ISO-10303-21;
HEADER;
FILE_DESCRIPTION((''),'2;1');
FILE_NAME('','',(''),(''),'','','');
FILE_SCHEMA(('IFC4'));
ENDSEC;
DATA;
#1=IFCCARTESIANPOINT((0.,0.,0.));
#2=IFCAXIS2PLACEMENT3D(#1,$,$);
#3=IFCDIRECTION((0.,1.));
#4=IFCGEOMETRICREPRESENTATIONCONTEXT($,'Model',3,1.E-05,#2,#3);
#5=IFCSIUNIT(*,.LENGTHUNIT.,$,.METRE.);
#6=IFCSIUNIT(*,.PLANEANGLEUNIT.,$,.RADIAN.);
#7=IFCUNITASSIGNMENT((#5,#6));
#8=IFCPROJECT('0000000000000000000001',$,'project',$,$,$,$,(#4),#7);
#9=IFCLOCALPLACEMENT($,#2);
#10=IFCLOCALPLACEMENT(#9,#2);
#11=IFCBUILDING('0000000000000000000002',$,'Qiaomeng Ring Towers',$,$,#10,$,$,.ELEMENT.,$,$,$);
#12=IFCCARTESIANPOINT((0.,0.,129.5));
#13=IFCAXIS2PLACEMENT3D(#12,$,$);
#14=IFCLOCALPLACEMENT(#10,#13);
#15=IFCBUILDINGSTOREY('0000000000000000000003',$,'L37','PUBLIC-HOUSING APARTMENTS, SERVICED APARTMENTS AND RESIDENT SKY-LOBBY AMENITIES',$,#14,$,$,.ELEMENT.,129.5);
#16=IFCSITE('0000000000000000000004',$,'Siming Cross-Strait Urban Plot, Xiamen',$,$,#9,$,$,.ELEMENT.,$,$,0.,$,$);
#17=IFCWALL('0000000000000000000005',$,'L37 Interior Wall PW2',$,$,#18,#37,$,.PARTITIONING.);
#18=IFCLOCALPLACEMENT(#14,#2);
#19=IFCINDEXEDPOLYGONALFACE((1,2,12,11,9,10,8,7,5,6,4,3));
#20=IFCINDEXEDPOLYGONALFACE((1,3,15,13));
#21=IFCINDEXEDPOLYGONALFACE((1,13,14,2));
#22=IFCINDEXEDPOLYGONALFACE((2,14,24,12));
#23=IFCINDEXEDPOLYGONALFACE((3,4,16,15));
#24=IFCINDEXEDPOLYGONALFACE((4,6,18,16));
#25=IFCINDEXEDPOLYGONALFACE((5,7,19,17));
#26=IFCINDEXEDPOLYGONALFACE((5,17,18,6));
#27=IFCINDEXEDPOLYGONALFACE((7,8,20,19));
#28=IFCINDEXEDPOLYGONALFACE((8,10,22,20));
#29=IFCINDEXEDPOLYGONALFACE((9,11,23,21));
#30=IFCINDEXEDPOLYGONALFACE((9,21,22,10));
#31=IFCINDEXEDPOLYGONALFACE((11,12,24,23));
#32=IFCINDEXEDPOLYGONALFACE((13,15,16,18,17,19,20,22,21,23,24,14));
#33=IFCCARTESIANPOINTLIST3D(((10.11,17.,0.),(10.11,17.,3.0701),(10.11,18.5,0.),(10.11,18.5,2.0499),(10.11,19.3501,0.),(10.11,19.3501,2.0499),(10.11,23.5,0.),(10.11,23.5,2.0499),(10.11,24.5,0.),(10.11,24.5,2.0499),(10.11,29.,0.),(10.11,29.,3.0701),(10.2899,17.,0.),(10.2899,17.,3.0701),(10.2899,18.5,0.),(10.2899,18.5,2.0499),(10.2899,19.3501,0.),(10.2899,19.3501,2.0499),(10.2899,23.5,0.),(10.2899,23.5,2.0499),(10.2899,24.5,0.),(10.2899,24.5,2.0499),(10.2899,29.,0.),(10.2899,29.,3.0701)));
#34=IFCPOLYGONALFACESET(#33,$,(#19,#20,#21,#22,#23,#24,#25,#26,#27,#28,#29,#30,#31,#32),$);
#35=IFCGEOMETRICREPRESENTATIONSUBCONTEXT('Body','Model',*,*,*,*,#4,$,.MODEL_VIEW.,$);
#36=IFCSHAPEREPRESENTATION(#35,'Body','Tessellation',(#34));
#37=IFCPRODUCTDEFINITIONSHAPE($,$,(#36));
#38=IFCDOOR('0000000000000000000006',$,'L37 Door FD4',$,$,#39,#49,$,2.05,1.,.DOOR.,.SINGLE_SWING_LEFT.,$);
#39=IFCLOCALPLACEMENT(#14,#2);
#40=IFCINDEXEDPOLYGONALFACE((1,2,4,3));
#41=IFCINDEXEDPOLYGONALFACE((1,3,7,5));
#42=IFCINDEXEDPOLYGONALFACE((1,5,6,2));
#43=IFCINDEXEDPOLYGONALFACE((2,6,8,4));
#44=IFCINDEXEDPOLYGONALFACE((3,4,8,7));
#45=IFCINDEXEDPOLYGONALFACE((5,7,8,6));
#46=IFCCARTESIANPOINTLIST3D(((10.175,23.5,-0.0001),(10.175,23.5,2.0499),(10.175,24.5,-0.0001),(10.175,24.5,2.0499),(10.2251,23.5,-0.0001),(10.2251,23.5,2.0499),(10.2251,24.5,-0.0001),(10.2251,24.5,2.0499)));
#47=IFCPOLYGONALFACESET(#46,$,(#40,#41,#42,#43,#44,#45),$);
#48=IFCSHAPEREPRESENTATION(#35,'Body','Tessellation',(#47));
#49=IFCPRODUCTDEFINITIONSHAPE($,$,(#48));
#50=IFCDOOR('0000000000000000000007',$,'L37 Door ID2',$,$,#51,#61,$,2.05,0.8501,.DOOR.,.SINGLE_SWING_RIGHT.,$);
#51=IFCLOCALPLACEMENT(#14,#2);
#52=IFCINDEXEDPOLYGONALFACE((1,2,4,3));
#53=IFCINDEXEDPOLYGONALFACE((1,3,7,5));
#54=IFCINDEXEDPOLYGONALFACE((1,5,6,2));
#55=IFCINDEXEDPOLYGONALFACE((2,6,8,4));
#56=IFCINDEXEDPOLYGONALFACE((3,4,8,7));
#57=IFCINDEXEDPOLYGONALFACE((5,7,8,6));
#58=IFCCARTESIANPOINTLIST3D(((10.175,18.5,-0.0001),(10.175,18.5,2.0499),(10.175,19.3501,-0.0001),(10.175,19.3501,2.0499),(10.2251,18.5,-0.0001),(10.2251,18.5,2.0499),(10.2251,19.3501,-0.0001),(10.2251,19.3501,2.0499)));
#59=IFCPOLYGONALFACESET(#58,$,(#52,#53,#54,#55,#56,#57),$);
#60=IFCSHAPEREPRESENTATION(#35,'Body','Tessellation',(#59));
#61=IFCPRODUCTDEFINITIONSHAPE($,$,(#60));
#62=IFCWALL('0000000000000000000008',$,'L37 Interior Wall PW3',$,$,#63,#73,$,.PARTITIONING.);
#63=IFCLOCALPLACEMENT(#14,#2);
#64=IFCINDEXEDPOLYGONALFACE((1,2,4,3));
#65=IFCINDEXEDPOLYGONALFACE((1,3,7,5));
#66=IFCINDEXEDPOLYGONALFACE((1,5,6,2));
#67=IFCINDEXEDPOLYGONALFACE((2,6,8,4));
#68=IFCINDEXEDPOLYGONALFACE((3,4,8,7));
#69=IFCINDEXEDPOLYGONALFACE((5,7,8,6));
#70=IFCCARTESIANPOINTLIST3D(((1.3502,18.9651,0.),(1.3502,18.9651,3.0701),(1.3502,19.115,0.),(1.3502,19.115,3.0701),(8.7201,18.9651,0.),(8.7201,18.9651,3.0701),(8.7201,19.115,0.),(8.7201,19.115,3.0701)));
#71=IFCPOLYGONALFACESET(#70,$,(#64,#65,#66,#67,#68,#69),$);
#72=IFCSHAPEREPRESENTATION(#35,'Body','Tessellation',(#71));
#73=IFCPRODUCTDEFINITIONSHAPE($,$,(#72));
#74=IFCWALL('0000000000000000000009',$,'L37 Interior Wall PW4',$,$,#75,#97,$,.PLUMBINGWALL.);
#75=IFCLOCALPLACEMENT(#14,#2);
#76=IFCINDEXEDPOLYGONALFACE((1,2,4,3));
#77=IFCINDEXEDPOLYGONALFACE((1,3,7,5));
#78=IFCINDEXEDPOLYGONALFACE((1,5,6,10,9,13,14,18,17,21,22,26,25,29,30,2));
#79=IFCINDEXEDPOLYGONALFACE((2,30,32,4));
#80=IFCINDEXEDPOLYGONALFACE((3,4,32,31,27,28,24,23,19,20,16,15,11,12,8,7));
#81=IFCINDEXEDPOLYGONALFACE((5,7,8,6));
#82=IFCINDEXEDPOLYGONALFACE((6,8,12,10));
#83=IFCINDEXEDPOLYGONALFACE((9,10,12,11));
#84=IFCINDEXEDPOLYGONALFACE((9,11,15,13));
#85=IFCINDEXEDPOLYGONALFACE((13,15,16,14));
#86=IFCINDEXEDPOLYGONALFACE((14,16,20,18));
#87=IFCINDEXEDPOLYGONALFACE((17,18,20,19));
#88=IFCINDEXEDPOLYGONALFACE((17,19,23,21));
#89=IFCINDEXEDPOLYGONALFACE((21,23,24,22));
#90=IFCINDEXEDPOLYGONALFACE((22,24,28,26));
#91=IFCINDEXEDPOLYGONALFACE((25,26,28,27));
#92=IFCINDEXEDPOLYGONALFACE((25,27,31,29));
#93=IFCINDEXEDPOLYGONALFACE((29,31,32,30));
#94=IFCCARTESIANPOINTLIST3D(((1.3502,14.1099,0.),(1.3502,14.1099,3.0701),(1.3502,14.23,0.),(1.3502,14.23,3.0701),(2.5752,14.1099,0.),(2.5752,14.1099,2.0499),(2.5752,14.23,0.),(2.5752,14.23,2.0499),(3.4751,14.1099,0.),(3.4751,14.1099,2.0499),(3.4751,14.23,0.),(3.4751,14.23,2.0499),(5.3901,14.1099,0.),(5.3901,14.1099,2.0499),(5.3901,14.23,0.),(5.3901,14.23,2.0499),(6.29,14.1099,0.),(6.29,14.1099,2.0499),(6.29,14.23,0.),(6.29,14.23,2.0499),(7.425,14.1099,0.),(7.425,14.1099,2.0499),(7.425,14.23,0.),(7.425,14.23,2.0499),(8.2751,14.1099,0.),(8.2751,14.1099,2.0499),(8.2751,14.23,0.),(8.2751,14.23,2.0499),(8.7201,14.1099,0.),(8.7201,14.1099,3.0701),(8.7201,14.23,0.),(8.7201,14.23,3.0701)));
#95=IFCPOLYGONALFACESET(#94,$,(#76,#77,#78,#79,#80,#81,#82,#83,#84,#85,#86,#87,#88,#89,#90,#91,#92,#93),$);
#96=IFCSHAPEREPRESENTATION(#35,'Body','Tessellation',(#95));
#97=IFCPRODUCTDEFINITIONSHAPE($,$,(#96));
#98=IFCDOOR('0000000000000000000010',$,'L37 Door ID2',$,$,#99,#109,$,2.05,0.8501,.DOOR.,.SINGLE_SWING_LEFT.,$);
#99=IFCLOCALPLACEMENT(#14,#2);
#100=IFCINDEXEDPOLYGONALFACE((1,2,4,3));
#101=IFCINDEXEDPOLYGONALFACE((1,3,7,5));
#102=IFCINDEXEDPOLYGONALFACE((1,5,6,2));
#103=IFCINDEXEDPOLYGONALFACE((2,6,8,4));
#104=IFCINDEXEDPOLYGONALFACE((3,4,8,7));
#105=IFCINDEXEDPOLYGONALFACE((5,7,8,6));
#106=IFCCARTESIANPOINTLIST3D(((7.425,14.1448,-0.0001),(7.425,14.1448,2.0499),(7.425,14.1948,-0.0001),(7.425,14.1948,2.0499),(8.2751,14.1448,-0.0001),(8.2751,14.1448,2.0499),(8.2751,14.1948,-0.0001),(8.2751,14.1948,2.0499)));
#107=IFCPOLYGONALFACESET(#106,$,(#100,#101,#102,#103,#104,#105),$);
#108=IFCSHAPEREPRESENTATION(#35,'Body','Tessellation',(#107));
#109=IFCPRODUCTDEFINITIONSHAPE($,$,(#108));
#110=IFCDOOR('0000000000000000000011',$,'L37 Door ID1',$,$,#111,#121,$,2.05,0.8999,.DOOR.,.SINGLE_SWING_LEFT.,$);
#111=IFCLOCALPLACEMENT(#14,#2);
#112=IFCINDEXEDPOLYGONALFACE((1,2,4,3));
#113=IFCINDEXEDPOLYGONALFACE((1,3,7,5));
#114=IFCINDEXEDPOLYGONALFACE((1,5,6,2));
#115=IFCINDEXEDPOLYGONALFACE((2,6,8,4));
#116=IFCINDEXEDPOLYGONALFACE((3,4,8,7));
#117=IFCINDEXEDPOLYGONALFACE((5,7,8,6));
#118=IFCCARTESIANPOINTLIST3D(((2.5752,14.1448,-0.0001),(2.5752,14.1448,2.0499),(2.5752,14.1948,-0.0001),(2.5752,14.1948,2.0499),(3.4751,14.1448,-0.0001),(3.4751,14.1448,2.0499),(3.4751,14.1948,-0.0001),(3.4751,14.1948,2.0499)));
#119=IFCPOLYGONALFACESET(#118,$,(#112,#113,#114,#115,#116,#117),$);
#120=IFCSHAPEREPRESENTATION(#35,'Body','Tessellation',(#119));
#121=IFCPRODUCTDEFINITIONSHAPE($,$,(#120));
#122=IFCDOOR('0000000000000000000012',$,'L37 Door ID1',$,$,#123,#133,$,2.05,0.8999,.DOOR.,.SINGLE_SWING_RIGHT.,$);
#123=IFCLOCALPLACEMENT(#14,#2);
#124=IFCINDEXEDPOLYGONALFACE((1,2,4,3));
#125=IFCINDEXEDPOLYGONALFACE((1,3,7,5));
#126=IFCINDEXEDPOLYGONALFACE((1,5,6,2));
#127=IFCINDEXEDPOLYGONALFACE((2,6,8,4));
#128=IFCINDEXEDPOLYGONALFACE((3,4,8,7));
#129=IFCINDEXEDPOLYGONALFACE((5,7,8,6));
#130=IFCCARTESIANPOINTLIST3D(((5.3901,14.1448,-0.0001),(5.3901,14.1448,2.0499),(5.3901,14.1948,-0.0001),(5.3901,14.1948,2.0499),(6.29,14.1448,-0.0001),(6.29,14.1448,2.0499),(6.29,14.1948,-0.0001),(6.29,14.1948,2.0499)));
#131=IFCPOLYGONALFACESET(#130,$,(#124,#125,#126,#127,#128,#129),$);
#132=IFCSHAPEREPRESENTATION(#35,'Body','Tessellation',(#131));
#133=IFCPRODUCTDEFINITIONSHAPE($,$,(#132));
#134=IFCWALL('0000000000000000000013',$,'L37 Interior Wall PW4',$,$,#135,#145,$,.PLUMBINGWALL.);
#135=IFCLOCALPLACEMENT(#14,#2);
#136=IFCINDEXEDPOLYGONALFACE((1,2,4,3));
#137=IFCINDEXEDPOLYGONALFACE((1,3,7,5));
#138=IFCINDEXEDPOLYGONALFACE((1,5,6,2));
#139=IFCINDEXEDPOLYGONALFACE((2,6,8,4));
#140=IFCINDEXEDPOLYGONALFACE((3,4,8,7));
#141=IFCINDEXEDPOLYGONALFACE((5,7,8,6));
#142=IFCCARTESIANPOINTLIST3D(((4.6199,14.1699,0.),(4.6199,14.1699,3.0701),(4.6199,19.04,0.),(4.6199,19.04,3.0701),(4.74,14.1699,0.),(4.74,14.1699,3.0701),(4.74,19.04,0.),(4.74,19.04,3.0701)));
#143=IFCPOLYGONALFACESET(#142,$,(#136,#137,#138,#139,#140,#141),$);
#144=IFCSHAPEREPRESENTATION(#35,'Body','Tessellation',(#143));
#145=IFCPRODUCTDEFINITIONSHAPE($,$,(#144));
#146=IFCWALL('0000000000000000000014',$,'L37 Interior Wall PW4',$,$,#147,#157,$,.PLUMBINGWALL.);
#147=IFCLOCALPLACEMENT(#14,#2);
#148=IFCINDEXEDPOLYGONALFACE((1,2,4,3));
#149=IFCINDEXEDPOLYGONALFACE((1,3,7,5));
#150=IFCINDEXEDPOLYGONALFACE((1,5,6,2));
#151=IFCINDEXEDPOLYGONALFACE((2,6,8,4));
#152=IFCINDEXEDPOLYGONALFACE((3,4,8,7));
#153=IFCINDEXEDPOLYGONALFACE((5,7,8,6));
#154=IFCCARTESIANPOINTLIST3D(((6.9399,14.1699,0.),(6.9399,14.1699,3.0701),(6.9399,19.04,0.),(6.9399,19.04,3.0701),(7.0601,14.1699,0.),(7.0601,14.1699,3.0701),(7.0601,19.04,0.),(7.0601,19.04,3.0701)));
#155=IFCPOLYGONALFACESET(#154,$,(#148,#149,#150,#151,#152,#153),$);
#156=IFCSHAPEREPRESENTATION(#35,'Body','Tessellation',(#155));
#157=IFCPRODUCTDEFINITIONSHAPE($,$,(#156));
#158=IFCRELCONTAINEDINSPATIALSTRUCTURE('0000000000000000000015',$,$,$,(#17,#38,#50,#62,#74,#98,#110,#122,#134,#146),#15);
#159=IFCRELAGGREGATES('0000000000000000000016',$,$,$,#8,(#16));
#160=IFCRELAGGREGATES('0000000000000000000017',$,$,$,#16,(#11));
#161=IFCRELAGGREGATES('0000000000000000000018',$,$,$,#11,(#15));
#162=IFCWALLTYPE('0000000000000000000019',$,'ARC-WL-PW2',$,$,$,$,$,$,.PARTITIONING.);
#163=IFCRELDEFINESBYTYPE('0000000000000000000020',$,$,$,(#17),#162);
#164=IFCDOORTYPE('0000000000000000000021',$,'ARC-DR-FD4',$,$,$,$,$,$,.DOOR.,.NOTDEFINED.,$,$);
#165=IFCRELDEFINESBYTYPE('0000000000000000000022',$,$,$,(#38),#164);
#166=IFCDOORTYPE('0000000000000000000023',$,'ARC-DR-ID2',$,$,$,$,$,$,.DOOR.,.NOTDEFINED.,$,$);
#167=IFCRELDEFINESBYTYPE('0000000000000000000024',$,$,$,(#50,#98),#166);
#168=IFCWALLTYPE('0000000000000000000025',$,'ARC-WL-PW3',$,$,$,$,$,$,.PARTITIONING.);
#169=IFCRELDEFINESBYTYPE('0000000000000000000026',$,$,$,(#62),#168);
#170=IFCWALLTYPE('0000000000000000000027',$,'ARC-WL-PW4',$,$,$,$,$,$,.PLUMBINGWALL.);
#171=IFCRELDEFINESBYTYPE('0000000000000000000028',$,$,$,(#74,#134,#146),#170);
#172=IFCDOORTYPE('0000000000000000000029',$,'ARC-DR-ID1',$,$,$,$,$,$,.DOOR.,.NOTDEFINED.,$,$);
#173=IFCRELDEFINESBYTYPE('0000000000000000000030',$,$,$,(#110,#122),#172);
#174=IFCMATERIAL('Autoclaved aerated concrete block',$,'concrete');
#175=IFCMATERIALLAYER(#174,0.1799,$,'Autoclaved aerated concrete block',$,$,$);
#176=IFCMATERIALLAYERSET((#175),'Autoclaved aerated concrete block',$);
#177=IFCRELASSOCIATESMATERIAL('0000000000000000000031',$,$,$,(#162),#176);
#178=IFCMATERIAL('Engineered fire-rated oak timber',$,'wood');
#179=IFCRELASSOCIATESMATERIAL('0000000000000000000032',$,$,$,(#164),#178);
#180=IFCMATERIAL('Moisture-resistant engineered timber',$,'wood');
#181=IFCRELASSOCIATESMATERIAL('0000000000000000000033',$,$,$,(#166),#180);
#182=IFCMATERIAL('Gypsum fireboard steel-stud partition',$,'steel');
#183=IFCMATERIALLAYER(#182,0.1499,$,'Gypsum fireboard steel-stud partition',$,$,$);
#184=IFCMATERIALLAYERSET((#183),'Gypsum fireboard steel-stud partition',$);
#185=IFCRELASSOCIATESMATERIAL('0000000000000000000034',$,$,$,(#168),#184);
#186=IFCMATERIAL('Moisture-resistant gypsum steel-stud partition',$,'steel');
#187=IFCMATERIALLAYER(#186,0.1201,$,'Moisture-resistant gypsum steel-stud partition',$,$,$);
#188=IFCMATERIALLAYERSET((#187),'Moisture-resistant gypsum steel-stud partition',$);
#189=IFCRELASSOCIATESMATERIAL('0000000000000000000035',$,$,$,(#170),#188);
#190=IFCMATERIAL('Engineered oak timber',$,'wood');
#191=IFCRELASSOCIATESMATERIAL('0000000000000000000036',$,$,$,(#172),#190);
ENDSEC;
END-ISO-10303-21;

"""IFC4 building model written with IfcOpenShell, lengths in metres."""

from ifc_helpers import new_model, si_unit, direction, frame, frame_2d, origin, place, context, subcontext, project, spatial, rectangle, extrude, source, transform, mapped, material, layer, layer_set, type_object, element, fill, save


model = new_model("IFC4")

# Units and contexts
model_context = context("Model", 3, precision=1e-05, world=origin(), true_north=direction((0.0, 1.0)))
body_context = subcontext(model_context, "Body", "Model", "MODEL_VIEW")
ifc_project = project(units=[si_unit("LENGTHUNIT", "METRE"), si_unit("PLANEANGLEUNIT", "RADIAN")], contexts=[model_context])

# Site, building, storey
site_placement = place(None, origin())
site = spatial("IfcSite", under=ifc_project, at=site_placement, Name="Siming Cross-Strait Urban Plot, Xiamen", CompositionType="ELEMENT", RefElevation=0.0)
building_placement = place(site_placement, origin())
building = spatial("IfcBuilding", under=site, at=building_placement, Name="Qiaomeng Ring Towers", CompositionType="ELEMENT")
storey_placement = place(building_placement, frame((0.0, 0.0, 129.5)))
storey = spatial("IfcBuildingStorey", under=building, at=storey_placement, Name="L37", Description="PUBLIC-HOUSING APARTMENTS, SERVICED APARTMENTS AND RESIDENT SKY-LOBBY AMENITIES", CompositionType="ELEMENT", Elevation=129.5)

# Wall, openings, doors
ifc_material_1 = material(Name="Autoclaved aerated concrete block", Category="concrete")
ifc_layer_1 = layer(ifc_material_1, 0.1799, Name="Autoclaved aerated concrete block")
ifc_layer_set_1 = layer_set([ifc_layer_1], Name="Autoclaved aerated concrete block")
wall_type_1 = type_object("IfcWallType", Name="ARC-WL-PW2", PredefinedType="PARTITIONING", material=ifc_layer_set_1)
wall_1_placement = place(storey_placement, frame((10.2, 17.0, 0.0), z_axis=(0.0, 0.0, 1.0), x_axis=(0.0, 1.0, 0.0)))
wall_1 = element("IfcWall", 1, at=wall_1_placement, inside=storey, type_object=wall_type_1, Name="L37 Interior Wall PW2", PredefinedType="PARTITIONING", context=body_context, shape_type="SweptSolid", body=[
    extrude(rectangle(XDim=12.0, YDim=0.1799, at=frame_2d((6.0, 0.0))), origin(), (0.0, 0.0, 1.0), 3.0701),
])
opening_1_placement = place(wall_1_placement, frame((1.5, 0.0, 0.0)))
opening_1 = element("IfcOpeningElement", 2, at=opening_1_placement, cuts=wall_1, PredefinedType="OPENING", context=body_context, shape_type="SweptSolid", body=[
    extrude(rectangle(XDim=0.8501, YDim=2.05, at=frame_2d((0.425, 1.0249))), frame((0.0, 0.0999, 0.0), z_axis=(0.0, -1.0, 0.0), x_axis=(1.0, 0.0, 0.0)), (0.0, 0.0, 1.0), 0.2),
])
opening_2_placement = place(wall_1_placement, frame((6.5, 0.0, 0.0)))
opening_2 = element("IfcOpeningElement", 3, at=opening_2_placement, cuts=wall_1, PredefinedType="OPENING", context=body_context, shape_type="SweptSolid", body=[
    extrude(rectangle(XDim=1.0, YDim=2.05, at=frame_2d((0.5, 1.0249))), frame((0.0, 0.0999, 0.0), z_axis=(0.0, -1.0, 0.0), x_axis=(1.0, 0.0, 0.0)), (0.0, 0.0, 1.0), 0.2),
])
ifc_material_2 = material(Name="Engineered fire-rated oak timber", Category="wood")
door_type_1 = type_object("IfcDoorType", Name="ARC-DR-FD4", OperationType="NOTDEFINED", PredefinedType="DOOR", material=ifc_material_2)
shared_shape_1 = source(origin(), body_context, "Body", "SweptSolid", [
    extrude(rectangle(XDim=1.0, YDim=2.05, at=frame_2d((0.5, 1.0249))), frame((0.0, 0.0249, 0.0), z_axis=(0.0, -1.0, 0.0), x_axis=(1.0, 0.0, 0.0)), (0.0, 0.0, 1.0), 0.05),
])
door_1_placement = place(opening_2_placement, origin())
door_1 = element("IfcDoor", 4, at=door_1_placement, inside=storey, type_object=door_type_1, Name="L37 Door FD4", OperationType="SINGLE_SWING_LEFT", OverallHeight=2.05, OverallWidth=1.0, PredefinedType="DOOR", context=body_context, shape_type="MappedRepresentation", body=[
    mapped(shared_shape_1, transform((0.0, 0.0, 0.0), x_axis=(1.0, 0.0, 0.0), y_axis=(0.0, 1.0, 0.0), z_axis=(0.0, 0.0, 1.0), scale=1.0)),
])
fill(opening_2, door_1)
ifc_material_3 = material(Name="Moisture-resistant engineered timber", Category="wood")
door_type_2 = type_object("IfcDoorType", Name="ARC-DR-ID2", OperationType="NOTDEFINED", PredefinedType="DOOR", material=ifc_material_3)
shared_shape_2 = source(origin(), body_context, "Body", "SweptSolid", [
    extrude(rectangle(XDim=0.8501, YDim=2.05, at=frame_2d((0.425, 1.0249))), frame((0.0, 0.0249, 0.0), z_axis=(0.0, -1.0, 0.0), x_axis=(1.0, 0.0, 0.0)), (0.0, 0.0, 1.0), 0.05),
])
door_2_placement = place(opening_1_placement, origin())
door_2 = element("IfcDoor", 5, at=door_2_placement, inside=storey, type_object=door_type_2, Name="L37 Door ID2", OperationType="SINGLE_SWING_RIGHT", OverallHeight=2.05, OverallWidth=0.8501, PredefinedType="DOOR", context=body_context, shape_type="MappedRepresentation", body=[
    mapped(shared_shape_2, transform((0.0, 0.0, 0.0), x_axis=(1.0, 0.0, 0.0), y_axis=(0.0, 1.0, 0.0), z_axis=(0.0, 0.0, 1.0), scale=1.0)),
])
fill(opening_1, door_2)

# Wall
ifc_material_4 = material(Name="Gypsum fireboard steel-stud partition", Category="steel")
ifc_layer_2 = layer(ifc_material_4, 0.1499, Name="Gypsum fireboard steel-stud partition")
ifc_layer_set_2 = layer_set([ifc_layer_2], Name="Gypsum fireboard steel-stud partition")
wall_type_2 = type_object("IfcWallType", Name="ARC-WL-PW3", PredefinedType="PARTITIONING", material=ifc_layer_set_2)
wall_2_placement = place(storey_placement, frame((1.3501, 19.04, 0.0), z_axis=(0.0, 0.0, 1.0), x_axis=(1.0, 0.0, 0.0)))
element("IfcWall", 6, at=wall_2_placement, inside=storey, type_object=wall_type_2, Name="L37 Interior Wall PW3", PredefinedType="PARTITIONING", context=body_context, shape_type="SweptSolid", body=[
    extrude(rectangle(XDim=7.3699, YDim=0.1499, at=frame_2d((3.6851, 0.0))), origin(), (0.0, 0.0, 1.0), 3.0701),
])

# Wall, openings, doors
ifc_material_5 = material(Name="Moisture-resistant gypsum steel-stud partition", Category="steel")
ifc_layer_3 = layer(ifc_material_5, 0.1201, Name="Moisture-resistant gypsum steel-stud partition")
ifc_layer_set_3 = layer_set([ifc_layer_3], Name="Moisture-resistant gypsum steel-stud partition")
wall_type_3 = type_object("IfcWallType", Name="ARC-WL-PW4", PredefinedType="PLUMBINGWALL", material=ifc_layer_set_3)
wall_3_placement = place(storey_placement, frame((1.3501, 14.1699, 0.0), z_axis=(0.0, 0.0, 1.0), x_axis=(1.0, 0.0, 0.0)))
wall_3 = element("IfcWall", 7, at=wall_3_placement, inside=storey, type_object=wall_type_3, Name="L37 Interior Wall PW4", PredefinedType="PLUMBINGWALL", context=body_context, shape_type="SweptSolid", body=[
    extrude(rectangle(XDim=7.3699, YDim=0.1201, at=frame_2d((3.6851, 0.0))), origin(), (0.0, 0.0, 1.0), 3.0701),
])
opening_3_placement = place(wall_3_placement, frame((1.2251, 0.0, 0.0)))
opening_3 = element("IfcOpeningElement", 8, at=opening_3_placement, cuts=wall_3, PredefinedType="OPENING", context=body_context, shape_type="SweptSolid", body=[
    extrude(rectangle(XDim=0.8999, YDim=2.05, at=frame_2d((0.45, 1.0249))), frame((0.0, 0.0701, 0.0), z_axis=(0.0, -1.0, 0.0), x_axis=(1.0, 0.0, 0.0)), (0.0, 0.0, 1.0), 0.1401),
])
opening_4_placement = place(wall_3_placement, frame((4.04, 0.0, 0.0)))
opening_4 = element("IfcOpeningElement", 9, at=opening_4_placement, cuts=wall_3, PredefinedType="OPENING", context=body_context, shape_type="SweptSolid", body=[
    extrude(rectangle(XDim=0.8999, YDim=2.05, at=frame_2d((0.45, 1.0249))), frame((0.0, 0.0701, 0.0), z_axis=(0.0, -1.0, 0.0), x_axis=(1.0, 0.0, 0.0)), (0.0, 0.0, 1.0), 0.1401),
])
opening_5_placement = place(wall_3_placement, frame((6.075, 0.0, 0.0)))
opening_5 = element("IfcOpeningElement", 10, at=opening_5_placement, cuts=wall_3, PredefinedType="OPENING", context=body_context, shape_type="SweptSolid", body=[
    extrude(rectangle(XDim=0.8501, YDim=2.05, at=frame_2d((0.425, 1.0249))), frame((0.0, 0.0701, 0.0), z_axis=(0.0, -1.0, 0.0), x_axis=(1.0, 0.0, 0.0)), (0.0, 0.0, 1.0), 0.1401),
])
door_3_placement = place(opening_5_placement, origin())
door_3 = element("IfcDoor", 11, at=door_3_placement, inside=storey, type_object=door_type_2, Name="L37 Door ID2", OperationType="SINGLE_SWING_LEFT", OverallHeight=2.05, OverallWidth=0.8501, PredefinedType="DOOR", context=body_context, shape_type="MappedRepresentation", body=[
    mapped(shared_shape_2, transform((0.0, 0.0, 0.0), x_axis=(1.0, 0.0, 0.0), y_axis=(0.0, 1.0, 0.0), z_axis=(0.0, 0.0, 1.0), scale=1.0)),
])
fill(opening_5, door_3)
ifc_material_6 = material(Name="Engineered oak timber", Category="wood")
door_type_3 = type_object("IfcDoorType", Name="ARC-DR-ID1", OperationType="NOTDEFINED", PredefinedType="DOOR", material=ifc_material_6)
shared_shape_3 = source(origin(), body_context, "Body", "SweptSolid", [
    extrude(rectangle(XDim=0.8999, YDim=2.05, at=frame_2d((0.45, 1.0249))), frame((0.0, 0.0249, 0.0), z_axis=(0.0, -1.0, 0.0), x_axis=(1.0, 0.0, 0.0)), (0.0, 0.0, 1.0), 0.05),
])
door_4_placement = place(opening_3_placement, origin())
door_4 = element("IfcDoor", 12, at=door_4_placement, inside=storey, type_object=door_type_3, Name="L37 Door ID1", OperationType="SINGLE_SWING_LEFT", OverallHeight=2.05, OverallWidth=0.8999, PredefinedType="DOOR", context=body_context, shape_type="MappedRepresentation", body=[
    mapped(shared_shape_3, transform((0.0, 0.0, 0.0), x_axis=(1.0, 0.0, 0.0), y_axis=(0.0, 1.0, 0.0), z_axis=(0.0, 0.0, 1.0), scale=1.0)),
])
fill(opening_3, door_4)
door_5_placement = place(opening_4_placement, origin())
door_5 = element("IfcDoor", 13, at=door_5_placement, inside=storey, type_object=door_type_3, Name="L37 Door ID1", OperationType="SINGLE_SWING_RIGHT", OverallHeight=2.05, OverallWidth=0.8999, PredefinedType="DOOR", context=body_context, shape_type="MappedRepresentation", body=[
    mapped(shared_shape_3, transform((0.0, 0.0, 0.0), x_axis=(1.0, 0.0, 0.0), y_axis=(0.0, 1.0, 0.0), z_axis=(0.0, 0.0, 1.0), scale=1.0)),
])
fill(opening_4, door_5)

# Walls
for number, where, z_axis, x_axis, name in (
    (14, (4.6799, 14.1699, 0.0), (0.0, 0.0, 1.0), (0.0, 1.0, 0.0), "L37 Interior Wall PW4"),
    (15, (7.0, 14.1699, 0.0), (0.0, 0.0, 1.0), (0.0, 1.0, 0.0), "L37 Interior Wall PW4"),
):
    element("IfcWall", number, at=place(storey_placement, frame(where, z_axis=z_axis, x_axis=x_axis)), inside=storey, type_object=wall_type_3, Name=name, PredefinedType="PLUMBINGWALL", context=body_context, shape_type="SweptSolid", body=[
        extrude(rectangle(XDim=4.8701, YDim=0.1201, at=frame_2d((2.4351, 0.0))), origin(), (0.0, 0.0, 1.0), 3.0701),
    ])

save(model, "model.ifc")
